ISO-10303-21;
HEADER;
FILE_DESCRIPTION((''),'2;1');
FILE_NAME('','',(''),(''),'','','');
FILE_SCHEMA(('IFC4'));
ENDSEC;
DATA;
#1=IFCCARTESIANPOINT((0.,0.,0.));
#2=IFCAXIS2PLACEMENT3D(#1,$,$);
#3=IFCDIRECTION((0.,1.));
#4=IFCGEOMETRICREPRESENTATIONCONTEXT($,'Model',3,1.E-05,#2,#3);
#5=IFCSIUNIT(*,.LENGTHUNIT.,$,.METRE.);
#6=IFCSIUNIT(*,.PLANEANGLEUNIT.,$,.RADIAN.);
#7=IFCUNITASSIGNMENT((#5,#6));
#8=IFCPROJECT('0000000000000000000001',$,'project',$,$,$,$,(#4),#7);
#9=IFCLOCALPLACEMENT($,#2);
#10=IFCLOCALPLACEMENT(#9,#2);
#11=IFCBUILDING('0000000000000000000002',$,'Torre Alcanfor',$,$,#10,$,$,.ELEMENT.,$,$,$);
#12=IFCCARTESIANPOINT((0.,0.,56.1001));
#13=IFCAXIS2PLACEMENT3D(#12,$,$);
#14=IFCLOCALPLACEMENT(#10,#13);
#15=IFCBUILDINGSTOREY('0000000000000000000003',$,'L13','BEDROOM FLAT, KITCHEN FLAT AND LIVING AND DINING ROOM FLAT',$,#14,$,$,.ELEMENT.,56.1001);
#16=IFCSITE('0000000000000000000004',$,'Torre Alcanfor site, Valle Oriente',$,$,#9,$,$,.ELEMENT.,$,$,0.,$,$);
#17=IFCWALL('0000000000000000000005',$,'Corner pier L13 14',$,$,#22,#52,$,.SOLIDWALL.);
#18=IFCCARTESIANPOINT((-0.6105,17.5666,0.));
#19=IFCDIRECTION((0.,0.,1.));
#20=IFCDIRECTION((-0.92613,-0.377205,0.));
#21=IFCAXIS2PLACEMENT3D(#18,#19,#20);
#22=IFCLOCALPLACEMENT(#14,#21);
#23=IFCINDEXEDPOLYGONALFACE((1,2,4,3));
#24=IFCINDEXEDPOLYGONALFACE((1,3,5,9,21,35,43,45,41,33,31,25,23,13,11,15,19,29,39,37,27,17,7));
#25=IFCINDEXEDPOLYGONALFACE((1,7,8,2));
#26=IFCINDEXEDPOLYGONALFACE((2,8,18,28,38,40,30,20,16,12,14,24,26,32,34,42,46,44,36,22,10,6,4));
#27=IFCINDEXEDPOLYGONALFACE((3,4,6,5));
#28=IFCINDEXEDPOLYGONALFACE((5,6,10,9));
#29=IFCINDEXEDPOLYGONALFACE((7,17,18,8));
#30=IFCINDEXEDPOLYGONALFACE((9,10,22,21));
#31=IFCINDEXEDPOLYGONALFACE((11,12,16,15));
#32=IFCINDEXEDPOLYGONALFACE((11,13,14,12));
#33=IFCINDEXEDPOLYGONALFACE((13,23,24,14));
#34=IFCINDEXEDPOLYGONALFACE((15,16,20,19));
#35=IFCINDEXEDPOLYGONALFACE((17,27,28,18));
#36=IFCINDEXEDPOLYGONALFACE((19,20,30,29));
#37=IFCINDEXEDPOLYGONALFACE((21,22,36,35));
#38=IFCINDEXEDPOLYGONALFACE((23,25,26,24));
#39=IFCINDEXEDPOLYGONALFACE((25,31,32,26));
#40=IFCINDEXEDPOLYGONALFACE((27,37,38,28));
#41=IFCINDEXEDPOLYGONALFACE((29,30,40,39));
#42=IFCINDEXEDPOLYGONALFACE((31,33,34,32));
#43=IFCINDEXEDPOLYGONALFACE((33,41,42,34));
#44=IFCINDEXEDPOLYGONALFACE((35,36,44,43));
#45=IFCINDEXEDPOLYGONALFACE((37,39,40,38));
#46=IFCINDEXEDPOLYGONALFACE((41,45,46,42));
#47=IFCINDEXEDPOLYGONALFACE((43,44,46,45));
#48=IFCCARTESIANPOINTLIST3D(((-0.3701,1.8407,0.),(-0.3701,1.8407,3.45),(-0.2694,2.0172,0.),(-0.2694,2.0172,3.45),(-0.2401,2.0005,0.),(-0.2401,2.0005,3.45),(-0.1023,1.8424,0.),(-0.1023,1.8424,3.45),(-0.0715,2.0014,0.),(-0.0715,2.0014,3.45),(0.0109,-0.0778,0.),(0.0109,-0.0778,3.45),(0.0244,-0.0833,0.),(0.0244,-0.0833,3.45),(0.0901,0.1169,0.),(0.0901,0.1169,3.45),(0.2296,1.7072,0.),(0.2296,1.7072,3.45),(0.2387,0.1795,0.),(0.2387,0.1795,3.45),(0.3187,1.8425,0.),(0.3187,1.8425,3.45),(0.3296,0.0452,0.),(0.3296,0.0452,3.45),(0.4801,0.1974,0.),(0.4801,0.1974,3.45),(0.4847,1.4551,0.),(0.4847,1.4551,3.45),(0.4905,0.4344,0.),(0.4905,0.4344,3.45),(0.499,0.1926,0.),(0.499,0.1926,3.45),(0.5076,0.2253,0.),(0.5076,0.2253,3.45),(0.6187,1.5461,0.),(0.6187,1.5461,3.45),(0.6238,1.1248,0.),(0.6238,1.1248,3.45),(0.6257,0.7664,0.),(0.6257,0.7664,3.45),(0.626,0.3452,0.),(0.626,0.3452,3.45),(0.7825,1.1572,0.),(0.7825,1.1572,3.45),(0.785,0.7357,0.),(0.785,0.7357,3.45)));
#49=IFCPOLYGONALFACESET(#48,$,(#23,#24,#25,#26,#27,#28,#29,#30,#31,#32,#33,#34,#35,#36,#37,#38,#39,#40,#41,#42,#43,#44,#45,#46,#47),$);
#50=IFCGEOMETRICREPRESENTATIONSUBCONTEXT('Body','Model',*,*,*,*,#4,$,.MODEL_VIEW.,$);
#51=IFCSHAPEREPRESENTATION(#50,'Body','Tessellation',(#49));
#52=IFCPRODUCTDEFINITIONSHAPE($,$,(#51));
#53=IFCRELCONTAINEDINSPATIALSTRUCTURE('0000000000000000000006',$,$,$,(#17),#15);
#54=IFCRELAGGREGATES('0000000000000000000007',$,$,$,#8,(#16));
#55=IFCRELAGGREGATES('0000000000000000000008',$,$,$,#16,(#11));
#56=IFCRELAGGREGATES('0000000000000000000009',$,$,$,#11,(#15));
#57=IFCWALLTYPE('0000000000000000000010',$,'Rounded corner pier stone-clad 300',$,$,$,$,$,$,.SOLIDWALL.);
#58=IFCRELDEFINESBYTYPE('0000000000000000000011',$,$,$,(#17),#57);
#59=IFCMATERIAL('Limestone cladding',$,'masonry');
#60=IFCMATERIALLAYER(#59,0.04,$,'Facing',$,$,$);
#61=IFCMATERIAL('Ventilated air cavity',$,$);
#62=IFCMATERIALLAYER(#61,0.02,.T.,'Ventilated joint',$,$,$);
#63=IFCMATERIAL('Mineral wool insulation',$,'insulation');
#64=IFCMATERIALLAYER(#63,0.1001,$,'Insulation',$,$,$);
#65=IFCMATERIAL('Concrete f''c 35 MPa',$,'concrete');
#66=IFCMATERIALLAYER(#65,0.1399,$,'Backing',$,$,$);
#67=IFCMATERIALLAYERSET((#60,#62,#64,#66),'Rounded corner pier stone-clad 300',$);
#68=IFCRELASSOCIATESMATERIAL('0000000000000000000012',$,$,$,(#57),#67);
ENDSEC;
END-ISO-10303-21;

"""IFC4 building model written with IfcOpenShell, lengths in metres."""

from ifc_helpers import new_model, si_unit, direction, frame, origin, place, context, subcontext, project, spatial, polyline, outline, extrude, material, layer, layer_set, type_object, element, save


model = new_model("IFC4")

# Units and contexts
model_context = context("Model", 3, precision=1e-05, world=origin(), true_north=direction((0.0, 1.0)))
body_context = subcontext(model_context, "Body", "Model", "MODEL_VIEW")
ifc_project = project(units=[si_unit("LENGTHUNIT", "METRE"), si_unit("PLANEANGLEUNIT", "RADIAN")], contexts=[model_context])

# Site, building, storey
site_placement = place(None, origin())
site = spatial("IfcSite", under=ifc_project, at=site_placement, Name="Torre Alcanfor site, Valle Oriente", CompositionType="ELEMENT", RefElevation=0.0)
building_placement = place(site_placement, origin())
building = spatial("IfcBuilding", under=site, at=building_placement, Name="Torre Alcanfor", CompositionType="ELEMENT")
storey_placement = place(building_placement, frame((0.0, 0.0, 56.1001)))
storey = spatial("IfcBuildingStorey", under=building, at=storey_placement, Name="L13", Description="BEDROOM FLAT, KITCHEN FLAT AND LIVING AND DINING ROOM FLAT", CompositionType="ELEMENT", Elevation=56.1001)

# Wall
ifc_material_1 = material(Name="Limestone cladding", Category="masonry")
ifc_layer_1 = layer(ifc_material_1, 0.04, Name="Facing")
ifc_material_2 = material(Name="Ventilated air cavity")
ifc_layer_2 = layer(ifc_material_2, 0.02, ventilated=True, Name="Ventilated joint")
ifc_material_3 = material(Name="Mineral wool insulation", Category="insulation")
ifc_layer_3 = layer(ifc_material_3, 0.1001, Name="Insulation")
ifc_material_4 = material(Name="Concrete f'c 35 MPa", Category="concrete")
ifc_layer_4 = layer(ifc_material_4, 0.1399, Name="Backing")
ifc_layer_set_1 = layer_set([ifc_layer_1, ifc_layer_2, ifc_layer_3, ifc_layer_4], Name="Rounded corner pier stone-clad 300")
wall_type_1 = type_object("IfcWallType", Name="Rounded corner pier stone-clad 300", PredefinedType="SOLIDWALL", material=ifc_layer_set_1)
wall_1_placement = place(storey_placement, frame((-0.6105, 17.5666, 0.0), z_axis=(0.0, 0.0, 1.0), x_axis=(-0.92613, -0.377205, 0.0)))
element("IfcWall", 1, at=wall_1_placement, inside=storey, type_object=wall_type_1, Name="Corner pier L13 14", PredefinedType="SOLIDWALL", context=body_context, shape_type="SweptSolid", body=[
    extrude(outline(polyline([(-0.2694, 2.0172), (-0.3701, 1.8407), (-0.1023, 1.8424), (0.2296, 1.7072), (0.4847, 1.4551), (0.6238, 1.1248), (0.6257, 0.7664), (0.4905, 0.4344), (0.2387, 0.1795), (0.0901, 0.1169), (0.0109, -0.0778), (0.0244, -0.0833), (0.3296, 0.0452), (0.4801, 0.1974), (0.499, 0.1926), (0.5076, 0.2253), (0.626, 0.3452), (0.785, 0.7357), (0.7825, 1.1572), (0.6187, 1.5461), (0.3187, 1.8425), (-0.0715, 2.0014), (-0.2401, 2.0005), (-0.2694, 2.0172)])), origin(), (0.0, 0.0, 1.0), 3.45),
])

save(model, "model.ifc")
